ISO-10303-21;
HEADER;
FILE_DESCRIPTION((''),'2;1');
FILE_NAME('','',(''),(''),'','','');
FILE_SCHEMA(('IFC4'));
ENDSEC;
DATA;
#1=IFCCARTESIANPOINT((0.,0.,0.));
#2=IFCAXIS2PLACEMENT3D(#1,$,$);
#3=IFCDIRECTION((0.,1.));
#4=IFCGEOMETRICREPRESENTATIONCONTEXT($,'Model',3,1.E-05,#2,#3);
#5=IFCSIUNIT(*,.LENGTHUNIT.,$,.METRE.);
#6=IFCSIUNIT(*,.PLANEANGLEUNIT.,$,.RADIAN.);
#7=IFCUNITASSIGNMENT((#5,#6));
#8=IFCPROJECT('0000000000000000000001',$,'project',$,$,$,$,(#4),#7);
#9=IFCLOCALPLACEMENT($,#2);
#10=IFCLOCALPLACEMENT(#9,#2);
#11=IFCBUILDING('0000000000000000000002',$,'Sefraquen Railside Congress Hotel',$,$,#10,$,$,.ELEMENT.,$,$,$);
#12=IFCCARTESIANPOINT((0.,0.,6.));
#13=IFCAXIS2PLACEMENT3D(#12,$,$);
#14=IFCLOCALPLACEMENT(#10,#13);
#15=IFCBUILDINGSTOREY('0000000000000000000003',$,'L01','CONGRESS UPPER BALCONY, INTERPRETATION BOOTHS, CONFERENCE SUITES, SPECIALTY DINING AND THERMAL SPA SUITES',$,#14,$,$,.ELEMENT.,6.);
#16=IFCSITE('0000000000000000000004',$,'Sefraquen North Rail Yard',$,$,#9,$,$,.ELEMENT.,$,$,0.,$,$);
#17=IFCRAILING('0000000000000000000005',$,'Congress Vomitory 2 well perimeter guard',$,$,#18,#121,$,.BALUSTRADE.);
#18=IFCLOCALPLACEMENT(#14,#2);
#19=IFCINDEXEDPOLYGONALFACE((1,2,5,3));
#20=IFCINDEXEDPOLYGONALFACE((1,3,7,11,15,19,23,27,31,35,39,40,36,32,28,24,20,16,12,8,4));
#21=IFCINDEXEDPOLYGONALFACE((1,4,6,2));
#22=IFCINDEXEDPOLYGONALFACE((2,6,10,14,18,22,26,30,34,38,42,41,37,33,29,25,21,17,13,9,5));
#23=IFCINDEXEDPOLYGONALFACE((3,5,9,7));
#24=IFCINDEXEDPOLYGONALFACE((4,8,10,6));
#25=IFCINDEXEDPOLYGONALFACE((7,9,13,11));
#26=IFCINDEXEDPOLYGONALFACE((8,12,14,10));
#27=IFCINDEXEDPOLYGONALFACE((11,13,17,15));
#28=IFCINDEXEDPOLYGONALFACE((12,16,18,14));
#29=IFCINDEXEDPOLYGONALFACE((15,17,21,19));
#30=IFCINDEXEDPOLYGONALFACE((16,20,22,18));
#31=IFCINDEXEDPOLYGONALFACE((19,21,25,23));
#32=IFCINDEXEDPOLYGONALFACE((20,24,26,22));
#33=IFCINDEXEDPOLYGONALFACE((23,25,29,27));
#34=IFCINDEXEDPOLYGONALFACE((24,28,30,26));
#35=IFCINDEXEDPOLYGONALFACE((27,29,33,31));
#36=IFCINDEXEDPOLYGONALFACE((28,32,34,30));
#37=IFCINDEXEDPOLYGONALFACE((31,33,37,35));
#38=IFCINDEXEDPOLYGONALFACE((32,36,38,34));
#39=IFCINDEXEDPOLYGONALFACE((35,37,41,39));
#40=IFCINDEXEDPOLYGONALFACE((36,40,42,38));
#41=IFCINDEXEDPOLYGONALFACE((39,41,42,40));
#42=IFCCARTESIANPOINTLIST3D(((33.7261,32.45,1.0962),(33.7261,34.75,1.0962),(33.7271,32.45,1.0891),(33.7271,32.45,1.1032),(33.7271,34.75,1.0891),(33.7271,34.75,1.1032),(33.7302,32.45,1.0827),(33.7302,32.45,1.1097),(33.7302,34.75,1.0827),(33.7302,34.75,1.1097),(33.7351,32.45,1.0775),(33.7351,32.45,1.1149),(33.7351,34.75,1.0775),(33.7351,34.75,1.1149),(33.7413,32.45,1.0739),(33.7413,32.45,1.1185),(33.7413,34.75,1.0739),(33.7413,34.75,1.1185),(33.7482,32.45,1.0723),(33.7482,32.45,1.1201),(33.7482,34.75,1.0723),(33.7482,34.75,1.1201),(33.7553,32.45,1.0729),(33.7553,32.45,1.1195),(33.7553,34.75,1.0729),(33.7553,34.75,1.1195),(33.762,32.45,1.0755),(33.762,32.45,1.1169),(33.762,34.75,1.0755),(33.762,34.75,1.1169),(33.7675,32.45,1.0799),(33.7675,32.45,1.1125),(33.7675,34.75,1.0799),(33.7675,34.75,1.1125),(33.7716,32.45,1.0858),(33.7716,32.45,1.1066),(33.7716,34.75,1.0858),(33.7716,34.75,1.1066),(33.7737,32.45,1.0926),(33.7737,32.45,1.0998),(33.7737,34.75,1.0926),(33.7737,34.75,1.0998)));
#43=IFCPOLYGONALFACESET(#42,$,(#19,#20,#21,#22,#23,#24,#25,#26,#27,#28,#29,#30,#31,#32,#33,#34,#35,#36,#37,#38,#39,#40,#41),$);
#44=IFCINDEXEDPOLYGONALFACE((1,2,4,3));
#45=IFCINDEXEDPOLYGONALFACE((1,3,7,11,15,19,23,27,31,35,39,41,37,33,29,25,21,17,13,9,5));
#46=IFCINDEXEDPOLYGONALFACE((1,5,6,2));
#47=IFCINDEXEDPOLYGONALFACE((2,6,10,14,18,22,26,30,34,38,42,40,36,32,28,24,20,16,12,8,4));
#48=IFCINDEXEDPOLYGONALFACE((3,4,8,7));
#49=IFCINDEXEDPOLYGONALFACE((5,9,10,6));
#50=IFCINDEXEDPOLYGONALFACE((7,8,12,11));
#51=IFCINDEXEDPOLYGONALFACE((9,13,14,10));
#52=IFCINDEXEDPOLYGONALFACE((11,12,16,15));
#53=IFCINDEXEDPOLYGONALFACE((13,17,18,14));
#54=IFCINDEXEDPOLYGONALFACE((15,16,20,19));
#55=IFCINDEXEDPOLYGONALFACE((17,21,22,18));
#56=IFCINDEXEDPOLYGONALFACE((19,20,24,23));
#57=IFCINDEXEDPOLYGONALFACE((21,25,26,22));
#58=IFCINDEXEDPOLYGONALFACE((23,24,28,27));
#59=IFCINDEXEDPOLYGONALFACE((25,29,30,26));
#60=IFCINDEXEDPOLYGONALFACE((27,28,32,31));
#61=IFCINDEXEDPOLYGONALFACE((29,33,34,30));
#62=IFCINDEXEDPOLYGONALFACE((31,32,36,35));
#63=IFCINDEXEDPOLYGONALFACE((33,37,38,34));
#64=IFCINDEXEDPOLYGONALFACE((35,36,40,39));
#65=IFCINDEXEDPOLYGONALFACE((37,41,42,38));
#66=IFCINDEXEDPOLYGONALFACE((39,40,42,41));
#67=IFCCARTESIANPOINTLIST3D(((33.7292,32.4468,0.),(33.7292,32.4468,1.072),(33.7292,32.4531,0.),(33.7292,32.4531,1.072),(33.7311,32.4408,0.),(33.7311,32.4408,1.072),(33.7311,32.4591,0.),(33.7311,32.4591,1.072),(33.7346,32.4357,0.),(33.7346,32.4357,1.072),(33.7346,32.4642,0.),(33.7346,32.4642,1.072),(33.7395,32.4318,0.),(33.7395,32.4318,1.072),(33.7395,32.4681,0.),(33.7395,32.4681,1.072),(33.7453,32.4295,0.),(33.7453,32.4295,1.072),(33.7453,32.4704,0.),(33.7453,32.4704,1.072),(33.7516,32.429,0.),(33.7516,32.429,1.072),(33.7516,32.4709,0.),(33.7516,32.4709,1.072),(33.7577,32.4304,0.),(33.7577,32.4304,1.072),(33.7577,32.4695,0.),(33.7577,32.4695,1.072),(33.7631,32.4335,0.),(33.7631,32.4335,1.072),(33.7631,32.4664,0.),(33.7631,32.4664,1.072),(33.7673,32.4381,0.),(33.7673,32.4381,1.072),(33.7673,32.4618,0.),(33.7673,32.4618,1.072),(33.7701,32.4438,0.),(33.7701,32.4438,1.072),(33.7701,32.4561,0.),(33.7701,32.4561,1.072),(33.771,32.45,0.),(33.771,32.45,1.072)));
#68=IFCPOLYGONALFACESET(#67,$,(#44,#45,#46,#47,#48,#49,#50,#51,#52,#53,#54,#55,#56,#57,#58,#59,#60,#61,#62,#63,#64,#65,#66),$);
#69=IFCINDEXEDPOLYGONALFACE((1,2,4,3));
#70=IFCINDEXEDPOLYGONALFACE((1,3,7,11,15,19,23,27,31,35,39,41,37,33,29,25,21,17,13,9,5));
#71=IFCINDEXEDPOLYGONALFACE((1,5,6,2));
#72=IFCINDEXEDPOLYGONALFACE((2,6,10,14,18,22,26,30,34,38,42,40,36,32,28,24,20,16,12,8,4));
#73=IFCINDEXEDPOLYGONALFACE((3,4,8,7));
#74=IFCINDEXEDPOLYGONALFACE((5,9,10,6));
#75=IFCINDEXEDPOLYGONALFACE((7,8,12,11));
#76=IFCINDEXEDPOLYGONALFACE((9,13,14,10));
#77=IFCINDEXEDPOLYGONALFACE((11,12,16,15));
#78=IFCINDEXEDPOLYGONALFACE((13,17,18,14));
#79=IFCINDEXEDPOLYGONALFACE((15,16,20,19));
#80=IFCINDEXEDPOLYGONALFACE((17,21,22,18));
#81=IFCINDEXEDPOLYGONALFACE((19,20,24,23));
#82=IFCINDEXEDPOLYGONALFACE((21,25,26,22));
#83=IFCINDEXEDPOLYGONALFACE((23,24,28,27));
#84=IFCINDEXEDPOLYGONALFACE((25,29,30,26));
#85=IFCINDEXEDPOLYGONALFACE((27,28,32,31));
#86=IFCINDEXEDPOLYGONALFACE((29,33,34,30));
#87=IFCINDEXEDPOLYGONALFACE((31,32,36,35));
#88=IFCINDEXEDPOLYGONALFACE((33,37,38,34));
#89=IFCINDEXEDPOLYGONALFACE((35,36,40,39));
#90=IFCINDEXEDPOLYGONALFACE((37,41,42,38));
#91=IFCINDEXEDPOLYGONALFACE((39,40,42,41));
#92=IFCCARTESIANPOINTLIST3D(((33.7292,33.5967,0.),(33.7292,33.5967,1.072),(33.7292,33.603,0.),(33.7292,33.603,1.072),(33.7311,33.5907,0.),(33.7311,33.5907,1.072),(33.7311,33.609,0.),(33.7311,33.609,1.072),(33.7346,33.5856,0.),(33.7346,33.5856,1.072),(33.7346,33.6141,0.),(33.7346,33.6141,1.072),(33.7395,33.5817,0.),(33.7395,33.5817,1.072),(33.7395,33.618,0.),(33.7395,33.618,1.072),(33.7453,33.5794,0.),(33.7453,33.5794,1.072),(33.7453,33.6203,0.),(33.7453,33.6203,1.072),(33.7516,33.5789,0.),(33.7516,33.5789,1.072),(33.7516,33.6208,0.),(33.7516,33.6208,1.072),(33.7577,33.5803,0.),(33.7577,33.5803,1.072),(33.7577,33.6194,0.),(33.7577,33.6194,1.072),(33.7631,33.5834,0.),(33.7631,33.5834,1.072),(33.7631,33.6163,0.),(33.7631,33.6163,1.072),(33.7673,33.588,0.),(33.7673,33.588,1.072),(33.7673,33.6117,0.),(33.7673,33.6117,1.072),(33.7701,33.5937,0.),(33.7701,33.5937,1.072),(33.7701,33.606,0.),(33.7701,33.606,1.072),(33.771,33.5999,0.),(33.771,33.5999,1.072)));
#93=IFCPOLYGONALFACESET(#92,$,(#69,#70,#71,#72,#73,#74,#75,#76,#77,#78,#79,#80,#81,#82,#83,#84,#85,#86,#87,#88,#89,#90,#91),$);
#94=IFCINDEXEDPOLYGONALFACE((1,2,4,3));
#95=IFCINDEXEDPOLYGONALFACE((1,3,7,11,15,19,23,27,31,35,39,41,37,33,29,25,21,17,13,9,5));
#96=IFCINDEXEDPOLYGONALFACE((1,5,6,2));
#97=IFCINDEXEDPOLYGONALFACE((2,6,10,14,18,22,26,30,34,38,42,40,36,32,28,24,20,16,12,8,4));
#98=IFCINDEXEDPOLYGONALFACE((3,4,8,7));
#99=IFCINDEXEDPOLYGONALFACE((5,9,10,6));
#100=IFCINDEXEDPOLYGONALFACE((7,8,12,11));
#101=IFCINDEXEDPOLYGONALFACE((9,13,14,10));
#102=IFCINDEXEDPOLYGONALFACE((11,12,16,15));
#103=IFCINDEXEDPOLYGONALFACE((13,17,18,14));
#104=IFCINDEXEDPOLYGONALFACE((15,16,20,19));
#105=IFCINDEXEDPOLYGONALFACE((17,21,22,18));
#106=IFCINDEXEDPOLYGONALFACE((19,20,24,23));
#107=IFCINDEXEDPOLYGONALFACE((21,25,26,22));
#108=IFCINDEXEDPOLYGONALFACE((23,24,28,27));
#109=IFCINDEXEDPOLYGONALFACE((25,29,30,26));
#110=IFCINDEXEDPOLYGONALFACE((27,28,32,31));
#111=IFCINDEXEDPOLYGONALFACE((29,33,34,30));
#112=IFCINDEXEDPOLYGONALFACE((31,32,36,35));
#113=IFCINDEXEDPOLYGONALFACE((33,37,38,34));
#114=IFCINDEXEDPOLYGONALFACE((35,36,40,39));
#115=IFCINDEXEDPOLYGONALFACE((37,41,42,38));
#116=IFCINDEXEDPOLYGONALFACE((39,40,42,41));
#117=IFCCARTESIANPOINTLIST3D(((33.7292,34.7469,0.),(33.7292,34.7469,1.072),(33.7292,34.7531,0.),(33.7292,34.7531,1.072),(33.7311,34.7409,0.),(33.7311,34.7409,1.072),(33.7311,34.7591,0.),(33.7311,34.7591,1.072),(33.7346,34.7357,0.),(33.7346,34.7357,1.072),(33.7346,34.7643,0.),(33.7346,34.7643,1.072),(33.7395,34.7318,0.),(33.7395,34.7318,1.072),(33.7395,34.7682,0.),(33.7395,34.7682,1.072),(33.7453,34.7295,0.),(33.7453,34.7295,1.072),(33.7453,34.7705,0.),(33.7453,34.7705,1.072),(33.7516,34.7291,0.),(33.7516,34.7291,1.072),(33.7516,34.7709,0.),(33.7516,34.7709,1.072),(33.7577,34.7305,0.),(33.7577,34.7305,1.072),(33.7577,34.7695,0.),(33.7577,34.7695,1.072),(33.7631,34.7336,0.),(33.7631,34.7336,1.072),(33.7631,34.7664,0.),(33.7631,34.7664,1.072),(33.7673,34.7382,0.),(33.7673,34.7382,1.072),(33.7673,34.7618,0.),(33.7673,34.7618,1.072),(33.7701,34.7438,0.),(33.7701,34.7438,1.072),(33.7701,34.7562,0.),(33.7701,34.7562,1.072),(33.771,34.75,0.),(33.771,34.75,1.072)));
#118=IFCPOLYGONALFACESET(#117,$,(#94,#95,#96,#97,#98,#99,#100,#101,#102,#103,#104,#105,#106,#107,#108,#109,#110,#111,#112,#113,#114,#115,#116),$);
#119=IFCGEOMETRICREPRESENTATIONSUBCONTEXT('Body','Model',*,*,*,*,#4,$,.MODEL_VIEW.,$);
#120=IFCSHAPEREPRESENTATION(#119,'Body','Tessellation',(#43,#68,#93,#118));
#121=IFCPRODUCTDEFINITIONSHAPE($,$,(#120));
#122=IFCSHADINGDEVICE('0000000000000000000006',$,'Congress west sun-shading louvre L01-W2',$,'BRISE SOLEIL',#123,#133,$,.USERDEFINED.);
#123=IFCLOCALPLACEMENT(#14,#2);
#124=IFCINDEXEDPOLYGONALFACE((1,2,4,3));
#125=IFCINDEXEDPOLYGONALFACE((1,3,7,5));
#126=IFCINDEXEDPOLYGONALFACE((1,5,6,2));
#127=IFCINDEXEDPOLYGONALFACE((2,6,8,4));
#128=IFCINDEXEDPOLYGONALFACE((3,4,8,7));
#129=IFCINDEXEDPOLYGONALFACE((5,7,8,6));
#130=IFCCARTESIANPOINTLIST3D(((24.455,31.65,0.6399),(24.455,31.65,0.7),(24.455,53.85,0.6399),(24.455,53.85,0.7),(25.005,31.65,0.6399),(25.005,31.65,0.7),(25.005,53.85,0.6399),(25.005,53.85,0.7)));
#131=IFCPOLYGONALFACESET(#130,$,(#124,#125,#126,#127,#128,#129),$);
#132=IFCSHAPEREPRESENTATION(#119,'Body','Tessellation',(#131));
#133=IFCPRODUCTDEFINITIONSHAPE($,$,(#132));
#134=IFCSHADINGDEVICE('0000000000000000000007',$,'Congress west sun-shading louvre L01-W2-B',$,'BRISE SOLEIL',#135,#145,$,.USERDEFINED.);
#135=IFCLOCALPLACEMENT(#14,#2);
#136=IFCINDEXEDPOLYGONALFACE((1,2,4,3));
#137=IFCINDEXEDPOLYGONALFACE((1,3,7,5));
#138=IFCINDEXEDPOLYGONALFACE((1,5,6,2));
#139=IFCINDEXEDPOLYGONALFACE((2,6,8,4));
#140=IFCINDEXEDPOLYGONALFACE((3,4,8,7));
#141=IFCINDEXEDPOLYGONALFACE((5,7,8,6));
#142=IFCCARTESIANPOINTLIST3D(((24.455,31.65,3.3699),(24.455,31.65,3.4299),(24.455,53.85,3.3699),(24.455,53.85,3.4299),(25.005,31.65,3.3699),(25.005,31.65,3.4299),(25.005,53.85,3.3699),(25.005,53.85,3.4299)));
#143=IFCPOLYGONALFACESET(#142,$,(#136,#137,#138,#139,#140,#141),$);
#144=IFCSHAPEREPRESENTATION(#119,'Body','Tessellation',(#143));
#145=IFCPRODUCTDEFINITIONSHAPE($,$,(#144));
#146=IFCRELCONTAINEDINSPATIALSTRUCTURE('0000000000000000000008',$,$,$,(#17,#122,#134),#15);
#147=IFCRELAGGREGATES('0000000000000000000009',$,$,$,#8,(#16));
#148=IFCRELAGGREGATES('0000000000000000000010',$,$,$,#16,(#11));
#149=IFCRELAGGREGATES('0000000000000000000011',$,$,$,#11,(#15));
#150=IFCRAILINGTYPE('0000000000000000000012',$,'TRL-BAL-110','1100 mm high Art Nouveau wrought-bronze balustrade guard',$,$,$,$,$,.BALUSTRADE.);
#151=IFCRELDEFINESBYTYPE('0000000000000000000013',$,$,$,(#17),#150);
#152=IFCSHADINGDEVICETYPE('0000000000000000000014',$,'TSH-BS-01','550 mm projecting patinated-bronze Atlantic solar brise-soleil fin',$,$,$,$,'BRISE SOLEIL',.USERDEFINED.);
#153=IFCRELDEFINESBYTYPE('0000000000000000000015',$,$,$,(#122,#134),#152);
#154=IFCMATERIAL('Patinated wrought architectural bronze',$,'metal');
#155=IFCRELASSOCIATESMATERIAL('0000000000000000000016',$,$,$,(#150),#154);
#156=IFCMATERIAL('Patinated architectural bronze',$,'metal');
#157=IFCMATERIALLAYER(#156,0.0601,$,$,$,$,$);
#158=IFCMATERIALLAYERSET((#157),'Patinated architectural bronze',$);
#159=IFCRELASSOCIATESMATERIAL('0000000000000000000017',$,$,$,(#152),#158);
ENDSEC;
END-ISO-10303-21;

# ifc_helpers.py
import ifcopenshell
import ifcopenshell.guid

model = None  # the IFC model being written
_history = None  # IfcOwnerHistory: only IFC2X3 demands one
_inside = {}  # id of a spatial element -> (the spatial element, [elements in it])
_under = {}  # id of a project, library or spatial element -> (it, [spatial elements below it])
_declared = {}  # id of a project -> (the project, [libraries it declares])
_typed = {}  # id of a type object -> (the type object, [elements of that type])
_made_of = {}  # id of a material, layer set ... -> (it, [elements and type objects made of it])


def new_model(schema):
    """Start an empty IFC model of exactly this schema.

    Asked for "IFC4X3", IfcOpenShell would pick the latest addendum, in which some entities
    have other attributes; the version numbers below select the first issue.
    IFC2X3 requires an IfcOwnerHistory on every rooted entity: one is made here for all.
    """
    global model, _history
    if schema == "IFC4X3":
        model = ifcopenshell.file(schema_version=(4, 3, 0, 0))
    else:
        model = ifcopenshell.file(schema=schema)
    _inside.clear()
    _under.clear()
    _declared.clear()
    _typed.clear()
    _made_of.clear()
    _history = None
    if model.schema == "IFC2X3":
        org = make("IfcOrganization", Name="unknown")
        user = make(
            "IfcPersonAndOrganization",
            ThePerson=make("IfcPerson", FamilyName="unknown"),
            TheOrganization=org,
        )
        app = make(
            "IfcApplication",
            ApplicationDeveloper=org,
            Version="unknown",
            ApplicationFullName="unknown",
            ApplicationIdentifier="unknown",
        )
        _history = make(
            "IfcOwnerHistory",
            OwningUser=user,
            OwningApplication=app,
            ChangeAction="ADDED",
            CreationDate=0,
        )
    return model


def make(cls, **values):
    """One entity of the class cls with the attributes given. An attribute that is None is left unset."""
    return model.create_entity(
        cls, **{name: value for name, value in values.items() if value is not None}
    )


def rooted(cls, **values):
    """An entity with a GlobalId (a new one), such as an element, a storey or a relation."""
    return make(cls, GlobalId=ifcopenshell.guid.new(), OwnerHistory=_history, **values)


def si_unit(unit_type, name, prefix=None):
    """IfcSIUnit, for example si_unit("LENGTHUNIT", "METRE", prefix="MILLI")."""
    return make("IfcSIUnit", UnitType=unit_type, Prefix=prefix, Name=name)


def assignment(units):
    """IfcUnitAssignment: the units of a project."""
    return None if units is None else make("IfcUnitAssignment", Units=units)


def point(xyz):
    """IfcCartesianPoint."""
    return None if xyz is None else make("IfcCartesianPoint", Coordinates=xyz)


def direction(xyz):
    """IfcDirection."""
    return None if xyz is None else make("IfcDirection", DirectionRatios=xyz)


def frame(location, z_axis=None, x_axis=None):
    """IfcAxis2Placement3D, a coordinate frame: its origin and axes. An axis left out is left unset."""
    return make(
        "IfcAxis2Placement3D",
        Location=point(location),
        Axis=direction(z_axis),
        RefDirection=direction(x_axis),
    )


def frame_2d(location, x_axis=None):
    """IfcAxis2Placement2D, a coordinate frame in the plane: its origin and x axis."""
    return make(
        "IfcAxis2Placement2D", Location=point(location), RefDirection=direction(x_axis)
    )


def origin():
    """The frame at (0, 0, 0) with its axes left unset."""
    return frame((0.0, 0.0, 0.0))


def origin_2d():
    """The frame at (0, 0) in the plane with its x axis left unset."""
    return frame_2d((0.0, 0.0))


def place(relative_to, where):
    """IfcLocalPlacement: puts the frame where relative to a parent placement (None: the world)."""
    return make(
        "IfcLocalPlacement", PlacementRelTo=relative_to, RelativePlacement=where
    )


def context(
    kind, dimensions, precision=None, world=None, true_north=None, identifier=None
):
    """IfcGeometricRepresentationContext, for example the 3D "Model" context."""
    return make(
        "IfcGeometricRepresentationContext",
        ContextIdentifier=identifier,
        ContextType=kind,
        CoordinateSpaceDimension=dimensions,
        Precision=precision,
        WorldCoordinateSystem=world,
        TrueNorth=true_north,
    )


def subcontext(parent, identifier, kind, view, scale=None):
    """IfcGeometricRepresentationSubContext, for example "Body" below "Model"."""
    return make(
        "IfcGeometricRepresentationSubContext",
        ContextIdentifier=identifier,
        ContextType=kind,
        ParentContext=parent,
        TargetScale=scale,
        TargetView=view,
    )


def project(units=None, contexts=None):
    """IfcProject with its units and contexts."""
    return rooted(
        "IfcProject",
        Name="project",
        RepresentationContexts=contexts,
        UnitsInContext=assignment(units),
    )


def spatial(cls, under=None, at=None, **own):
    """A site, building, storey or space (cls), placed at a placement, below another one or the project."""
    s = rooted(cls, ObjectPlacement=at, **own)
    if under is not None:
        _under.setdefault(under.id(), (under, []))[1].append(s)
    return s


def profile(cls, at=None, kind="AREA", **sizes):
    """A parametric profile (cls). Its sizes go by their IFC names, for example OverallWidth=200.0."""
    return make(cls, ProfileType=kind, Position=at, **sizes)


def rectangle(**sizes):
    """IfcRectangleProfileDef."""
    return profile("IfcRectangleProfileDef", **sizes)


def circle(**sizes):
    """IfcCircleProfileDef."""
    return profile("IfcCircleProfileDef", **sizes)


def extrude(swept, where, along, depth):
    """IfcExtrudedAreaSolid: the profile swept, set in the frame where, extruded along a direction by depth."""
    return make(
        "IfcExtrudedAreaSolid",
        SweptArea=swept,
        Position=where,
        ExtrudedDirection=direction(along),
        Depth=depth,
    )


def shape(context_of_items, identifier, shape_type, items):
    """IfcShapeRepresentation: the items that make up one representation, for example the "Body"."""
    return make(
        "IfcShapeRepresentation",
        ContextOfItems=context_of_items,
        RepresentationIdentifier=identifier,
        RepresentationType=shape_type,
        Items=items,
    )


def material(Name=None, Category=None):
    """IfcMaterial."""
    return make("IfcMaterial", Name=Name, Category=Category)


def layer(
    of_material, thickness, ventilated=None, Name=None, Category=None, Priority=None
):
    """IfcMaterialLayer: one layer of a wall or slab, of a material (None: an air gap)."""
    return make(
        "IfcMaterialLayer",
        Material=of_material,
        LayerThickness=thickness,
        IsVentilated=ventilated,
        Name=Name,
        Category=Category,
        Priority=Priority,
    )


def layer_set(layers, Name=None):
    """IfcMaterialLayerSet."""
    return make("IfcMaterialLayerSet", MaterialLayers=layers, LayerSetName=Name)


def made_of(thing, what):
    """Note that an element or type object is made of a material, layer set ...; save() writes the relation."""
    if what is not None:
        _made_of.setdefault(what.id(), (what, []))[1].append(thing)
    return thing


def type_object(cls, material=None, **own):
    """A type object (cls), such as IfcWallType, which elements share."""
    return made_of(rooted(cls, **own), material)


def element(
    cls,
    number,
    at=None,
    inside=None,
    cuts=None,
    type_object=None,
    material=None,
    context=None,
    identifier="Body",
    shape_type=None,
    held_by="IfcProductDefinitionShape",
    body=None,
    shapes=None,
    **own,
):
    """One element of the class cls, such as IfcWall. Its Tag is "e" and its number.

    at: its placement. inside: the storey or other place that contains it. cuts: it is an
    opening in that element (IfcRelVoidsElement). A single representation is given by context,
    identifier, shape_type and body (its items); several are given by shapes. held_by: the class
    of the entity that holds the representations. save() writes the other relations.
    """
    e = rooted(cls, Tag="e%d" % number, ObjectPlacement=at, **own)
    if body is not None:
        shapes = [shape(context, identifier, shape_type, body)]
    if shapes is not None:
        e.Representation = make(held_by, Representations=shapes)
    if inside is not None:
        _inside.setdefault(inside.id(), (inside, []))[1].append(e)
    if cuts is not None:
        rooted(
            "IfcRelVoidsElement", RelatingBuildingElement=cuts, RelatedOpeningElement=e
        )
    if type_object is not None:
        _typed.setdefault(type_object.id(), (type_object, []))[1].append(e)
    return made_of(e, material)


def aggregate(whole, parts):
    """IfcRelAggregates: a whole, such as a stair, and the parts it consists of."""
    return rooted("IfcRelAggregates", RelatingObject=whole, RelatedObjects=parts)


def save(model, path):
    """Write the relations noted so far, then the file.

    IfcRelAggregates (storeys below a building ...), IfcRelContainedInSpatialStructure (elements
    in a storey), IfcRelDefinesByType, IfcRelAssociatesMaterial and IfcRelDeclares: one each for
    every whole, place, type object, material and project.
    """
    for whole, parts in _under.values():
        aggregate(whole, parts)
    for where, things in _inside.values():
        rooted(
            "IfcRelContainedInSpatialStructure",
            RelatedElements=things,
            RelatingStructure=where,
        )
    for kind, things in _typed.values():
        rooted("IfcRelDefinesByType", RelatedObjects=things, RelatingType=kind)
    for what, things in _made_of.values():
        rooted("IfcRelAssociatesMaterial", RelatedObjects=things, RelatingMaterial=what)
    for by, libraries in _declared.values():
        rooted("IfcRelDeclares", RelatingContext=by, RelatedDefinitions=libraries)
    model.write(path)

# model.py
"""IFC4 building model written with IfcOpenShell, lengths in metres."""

from ifc_helpers import new_model, si_unit, direction, frame, origin, origin_2d, place, context, subcontext, project, spatial, rectangle, circle, extrude, material, layer, layer_set, type_object, element, save


model = new_model("IFC4")

# Units and contexts
model_context = context("Model", 3, precision=1e-05, world=origin(), true_north=direction((0.0, 1.0)))
body_context = subcontext(model_context, "Body", "Model", "MODEL_VIEW")
ifc_project = project(units=[si_unit("LENGTHUNIT", "METRE"), si_unit("PLANEANGLEUNIT", "RADIAN")], contexts=[model_context])

# Site, building, storey
site_placement = place(None, origin())
site = spatial("IfcSite", under=ifc_project, at=site_placement, Name="Sefraquen North Rail Yard", CompositionType="ELEMENT", RefElevation=0.0)
building_placement = place(site_placement, origin())
building = spatial("IfcBuilding", under=site, at=building_placement, Name="Sefraquen Railside Congress Hotel", CompositionType="ELEMENT")
storey_placement = place(building_placement, frame((0.0, 0.0, 6.0)))
storey = spatial("IfcBuildingStorey", under=building, at=storey_placement, Name="L01", Description="CONGRESS UPPER BALCONY, INTERPRETATION BOOTHS, CONFERENCE SUITES, SPECIALTY DINING AND THERMAL SPA SUITES", CompositionType="ELEMENT", Elevation=6.0)

# Shared definitions
ifc_material_1 = material(Name="Patinated architectural bronze", Category="metal")

# Railing
ifc_material_2 = material(Name="Patinated wrought architectural bronze", Category="metal")
railing_type = type_object("IfcRailingType", Name="TRL-BAL-110", Description="1100 mm high Art Nouveau wrought-bronze balustrade guard", PredefinedType="BALUSTRADE", material=ifc_material_2)
railing_1_placement = place(storey_placement, frame((33.75, 32.45, 0.0)))
element("IfcRailing", 1, at=railing_1_placement, inside=storey, type_object=railing_type, Name="Congress Vomitory 2 well perimeter guard", PredefinedType="BALUSTRADE", context=body_context, shape_type="SweptSolid", body=[
    extrude(circle(Radius=0.0239, at=origin_2d()), frame((0.0, 0.0, 1.0962), z_axis=(0.0, 1.0, 0.0), x_axis=(-1.0, 0.0, 0.0)), (0.0, 0.0, 1.0), 2.3),
    extrude(circle(Radius=0.021, at=origin_2d()), origin(), (0.0, 0.0, 1.0), 1.072),
    extrude(circle(Radius=0.021, at=origin_2d()), frame((0.0, 1.1499, 0.0)), (0.0, 0.0, 1.0), 1.072),
    extrude(circle(Radius=0.021, at=origin_2d()), frame((0.0, 2.3, 0.0)), (0.0, 0.0, 1.0), 1.072),
])

# Shading devices
ifc_layer_1 = layer(ifc_material_1, 0.0601)
ifc_layer_set_1 = layer_set([ifc_layer_1], Name="Patinated architectural bronze")
shading_device_type = type_object("IfcShadingDeviceType", Name="TSH-BS-01", Description="550 mm projecting patinated-bronze Atlantic solar brise-soleil fin", ElementType="BRISE SOLEIL", PredefinedType="USERDEFINED", material=ifc_layer_set_1)
for number, where, z_axis, x_axis, name in (
    (2, (24.73, 42.75, 0.6399), (0.0, 0.0, 1.0), (1.0, 0.0, 0.0), "Congress west sun-shading louvre L01-W2"),
    (3, (24.73, 42.75, 3.3699), (0.0, 0.0, 1.0), (1.0, 0.0, 0.0), "Congress west sun-shading louvre L01-W2-B"),
):
    element("IfcShadingDevice", number, at=place(storey_placement, frame(where, z_axis=z_axis, x_axis=x_axis)), inside=storey, type_object=shading_device_type, Name=name, ObjectType="BRISE SOLEIL", PredefinedType="USERDEFINED", context=body_context, shape_type="SweptSolid", body=[
        extrude(rectangle(XDim=0.55, YDim=22.2, at=origin_2d()), origin(), (0.0, 0.0, 1.0), 0.0601),
    ])

save(model, "model.ifc")
